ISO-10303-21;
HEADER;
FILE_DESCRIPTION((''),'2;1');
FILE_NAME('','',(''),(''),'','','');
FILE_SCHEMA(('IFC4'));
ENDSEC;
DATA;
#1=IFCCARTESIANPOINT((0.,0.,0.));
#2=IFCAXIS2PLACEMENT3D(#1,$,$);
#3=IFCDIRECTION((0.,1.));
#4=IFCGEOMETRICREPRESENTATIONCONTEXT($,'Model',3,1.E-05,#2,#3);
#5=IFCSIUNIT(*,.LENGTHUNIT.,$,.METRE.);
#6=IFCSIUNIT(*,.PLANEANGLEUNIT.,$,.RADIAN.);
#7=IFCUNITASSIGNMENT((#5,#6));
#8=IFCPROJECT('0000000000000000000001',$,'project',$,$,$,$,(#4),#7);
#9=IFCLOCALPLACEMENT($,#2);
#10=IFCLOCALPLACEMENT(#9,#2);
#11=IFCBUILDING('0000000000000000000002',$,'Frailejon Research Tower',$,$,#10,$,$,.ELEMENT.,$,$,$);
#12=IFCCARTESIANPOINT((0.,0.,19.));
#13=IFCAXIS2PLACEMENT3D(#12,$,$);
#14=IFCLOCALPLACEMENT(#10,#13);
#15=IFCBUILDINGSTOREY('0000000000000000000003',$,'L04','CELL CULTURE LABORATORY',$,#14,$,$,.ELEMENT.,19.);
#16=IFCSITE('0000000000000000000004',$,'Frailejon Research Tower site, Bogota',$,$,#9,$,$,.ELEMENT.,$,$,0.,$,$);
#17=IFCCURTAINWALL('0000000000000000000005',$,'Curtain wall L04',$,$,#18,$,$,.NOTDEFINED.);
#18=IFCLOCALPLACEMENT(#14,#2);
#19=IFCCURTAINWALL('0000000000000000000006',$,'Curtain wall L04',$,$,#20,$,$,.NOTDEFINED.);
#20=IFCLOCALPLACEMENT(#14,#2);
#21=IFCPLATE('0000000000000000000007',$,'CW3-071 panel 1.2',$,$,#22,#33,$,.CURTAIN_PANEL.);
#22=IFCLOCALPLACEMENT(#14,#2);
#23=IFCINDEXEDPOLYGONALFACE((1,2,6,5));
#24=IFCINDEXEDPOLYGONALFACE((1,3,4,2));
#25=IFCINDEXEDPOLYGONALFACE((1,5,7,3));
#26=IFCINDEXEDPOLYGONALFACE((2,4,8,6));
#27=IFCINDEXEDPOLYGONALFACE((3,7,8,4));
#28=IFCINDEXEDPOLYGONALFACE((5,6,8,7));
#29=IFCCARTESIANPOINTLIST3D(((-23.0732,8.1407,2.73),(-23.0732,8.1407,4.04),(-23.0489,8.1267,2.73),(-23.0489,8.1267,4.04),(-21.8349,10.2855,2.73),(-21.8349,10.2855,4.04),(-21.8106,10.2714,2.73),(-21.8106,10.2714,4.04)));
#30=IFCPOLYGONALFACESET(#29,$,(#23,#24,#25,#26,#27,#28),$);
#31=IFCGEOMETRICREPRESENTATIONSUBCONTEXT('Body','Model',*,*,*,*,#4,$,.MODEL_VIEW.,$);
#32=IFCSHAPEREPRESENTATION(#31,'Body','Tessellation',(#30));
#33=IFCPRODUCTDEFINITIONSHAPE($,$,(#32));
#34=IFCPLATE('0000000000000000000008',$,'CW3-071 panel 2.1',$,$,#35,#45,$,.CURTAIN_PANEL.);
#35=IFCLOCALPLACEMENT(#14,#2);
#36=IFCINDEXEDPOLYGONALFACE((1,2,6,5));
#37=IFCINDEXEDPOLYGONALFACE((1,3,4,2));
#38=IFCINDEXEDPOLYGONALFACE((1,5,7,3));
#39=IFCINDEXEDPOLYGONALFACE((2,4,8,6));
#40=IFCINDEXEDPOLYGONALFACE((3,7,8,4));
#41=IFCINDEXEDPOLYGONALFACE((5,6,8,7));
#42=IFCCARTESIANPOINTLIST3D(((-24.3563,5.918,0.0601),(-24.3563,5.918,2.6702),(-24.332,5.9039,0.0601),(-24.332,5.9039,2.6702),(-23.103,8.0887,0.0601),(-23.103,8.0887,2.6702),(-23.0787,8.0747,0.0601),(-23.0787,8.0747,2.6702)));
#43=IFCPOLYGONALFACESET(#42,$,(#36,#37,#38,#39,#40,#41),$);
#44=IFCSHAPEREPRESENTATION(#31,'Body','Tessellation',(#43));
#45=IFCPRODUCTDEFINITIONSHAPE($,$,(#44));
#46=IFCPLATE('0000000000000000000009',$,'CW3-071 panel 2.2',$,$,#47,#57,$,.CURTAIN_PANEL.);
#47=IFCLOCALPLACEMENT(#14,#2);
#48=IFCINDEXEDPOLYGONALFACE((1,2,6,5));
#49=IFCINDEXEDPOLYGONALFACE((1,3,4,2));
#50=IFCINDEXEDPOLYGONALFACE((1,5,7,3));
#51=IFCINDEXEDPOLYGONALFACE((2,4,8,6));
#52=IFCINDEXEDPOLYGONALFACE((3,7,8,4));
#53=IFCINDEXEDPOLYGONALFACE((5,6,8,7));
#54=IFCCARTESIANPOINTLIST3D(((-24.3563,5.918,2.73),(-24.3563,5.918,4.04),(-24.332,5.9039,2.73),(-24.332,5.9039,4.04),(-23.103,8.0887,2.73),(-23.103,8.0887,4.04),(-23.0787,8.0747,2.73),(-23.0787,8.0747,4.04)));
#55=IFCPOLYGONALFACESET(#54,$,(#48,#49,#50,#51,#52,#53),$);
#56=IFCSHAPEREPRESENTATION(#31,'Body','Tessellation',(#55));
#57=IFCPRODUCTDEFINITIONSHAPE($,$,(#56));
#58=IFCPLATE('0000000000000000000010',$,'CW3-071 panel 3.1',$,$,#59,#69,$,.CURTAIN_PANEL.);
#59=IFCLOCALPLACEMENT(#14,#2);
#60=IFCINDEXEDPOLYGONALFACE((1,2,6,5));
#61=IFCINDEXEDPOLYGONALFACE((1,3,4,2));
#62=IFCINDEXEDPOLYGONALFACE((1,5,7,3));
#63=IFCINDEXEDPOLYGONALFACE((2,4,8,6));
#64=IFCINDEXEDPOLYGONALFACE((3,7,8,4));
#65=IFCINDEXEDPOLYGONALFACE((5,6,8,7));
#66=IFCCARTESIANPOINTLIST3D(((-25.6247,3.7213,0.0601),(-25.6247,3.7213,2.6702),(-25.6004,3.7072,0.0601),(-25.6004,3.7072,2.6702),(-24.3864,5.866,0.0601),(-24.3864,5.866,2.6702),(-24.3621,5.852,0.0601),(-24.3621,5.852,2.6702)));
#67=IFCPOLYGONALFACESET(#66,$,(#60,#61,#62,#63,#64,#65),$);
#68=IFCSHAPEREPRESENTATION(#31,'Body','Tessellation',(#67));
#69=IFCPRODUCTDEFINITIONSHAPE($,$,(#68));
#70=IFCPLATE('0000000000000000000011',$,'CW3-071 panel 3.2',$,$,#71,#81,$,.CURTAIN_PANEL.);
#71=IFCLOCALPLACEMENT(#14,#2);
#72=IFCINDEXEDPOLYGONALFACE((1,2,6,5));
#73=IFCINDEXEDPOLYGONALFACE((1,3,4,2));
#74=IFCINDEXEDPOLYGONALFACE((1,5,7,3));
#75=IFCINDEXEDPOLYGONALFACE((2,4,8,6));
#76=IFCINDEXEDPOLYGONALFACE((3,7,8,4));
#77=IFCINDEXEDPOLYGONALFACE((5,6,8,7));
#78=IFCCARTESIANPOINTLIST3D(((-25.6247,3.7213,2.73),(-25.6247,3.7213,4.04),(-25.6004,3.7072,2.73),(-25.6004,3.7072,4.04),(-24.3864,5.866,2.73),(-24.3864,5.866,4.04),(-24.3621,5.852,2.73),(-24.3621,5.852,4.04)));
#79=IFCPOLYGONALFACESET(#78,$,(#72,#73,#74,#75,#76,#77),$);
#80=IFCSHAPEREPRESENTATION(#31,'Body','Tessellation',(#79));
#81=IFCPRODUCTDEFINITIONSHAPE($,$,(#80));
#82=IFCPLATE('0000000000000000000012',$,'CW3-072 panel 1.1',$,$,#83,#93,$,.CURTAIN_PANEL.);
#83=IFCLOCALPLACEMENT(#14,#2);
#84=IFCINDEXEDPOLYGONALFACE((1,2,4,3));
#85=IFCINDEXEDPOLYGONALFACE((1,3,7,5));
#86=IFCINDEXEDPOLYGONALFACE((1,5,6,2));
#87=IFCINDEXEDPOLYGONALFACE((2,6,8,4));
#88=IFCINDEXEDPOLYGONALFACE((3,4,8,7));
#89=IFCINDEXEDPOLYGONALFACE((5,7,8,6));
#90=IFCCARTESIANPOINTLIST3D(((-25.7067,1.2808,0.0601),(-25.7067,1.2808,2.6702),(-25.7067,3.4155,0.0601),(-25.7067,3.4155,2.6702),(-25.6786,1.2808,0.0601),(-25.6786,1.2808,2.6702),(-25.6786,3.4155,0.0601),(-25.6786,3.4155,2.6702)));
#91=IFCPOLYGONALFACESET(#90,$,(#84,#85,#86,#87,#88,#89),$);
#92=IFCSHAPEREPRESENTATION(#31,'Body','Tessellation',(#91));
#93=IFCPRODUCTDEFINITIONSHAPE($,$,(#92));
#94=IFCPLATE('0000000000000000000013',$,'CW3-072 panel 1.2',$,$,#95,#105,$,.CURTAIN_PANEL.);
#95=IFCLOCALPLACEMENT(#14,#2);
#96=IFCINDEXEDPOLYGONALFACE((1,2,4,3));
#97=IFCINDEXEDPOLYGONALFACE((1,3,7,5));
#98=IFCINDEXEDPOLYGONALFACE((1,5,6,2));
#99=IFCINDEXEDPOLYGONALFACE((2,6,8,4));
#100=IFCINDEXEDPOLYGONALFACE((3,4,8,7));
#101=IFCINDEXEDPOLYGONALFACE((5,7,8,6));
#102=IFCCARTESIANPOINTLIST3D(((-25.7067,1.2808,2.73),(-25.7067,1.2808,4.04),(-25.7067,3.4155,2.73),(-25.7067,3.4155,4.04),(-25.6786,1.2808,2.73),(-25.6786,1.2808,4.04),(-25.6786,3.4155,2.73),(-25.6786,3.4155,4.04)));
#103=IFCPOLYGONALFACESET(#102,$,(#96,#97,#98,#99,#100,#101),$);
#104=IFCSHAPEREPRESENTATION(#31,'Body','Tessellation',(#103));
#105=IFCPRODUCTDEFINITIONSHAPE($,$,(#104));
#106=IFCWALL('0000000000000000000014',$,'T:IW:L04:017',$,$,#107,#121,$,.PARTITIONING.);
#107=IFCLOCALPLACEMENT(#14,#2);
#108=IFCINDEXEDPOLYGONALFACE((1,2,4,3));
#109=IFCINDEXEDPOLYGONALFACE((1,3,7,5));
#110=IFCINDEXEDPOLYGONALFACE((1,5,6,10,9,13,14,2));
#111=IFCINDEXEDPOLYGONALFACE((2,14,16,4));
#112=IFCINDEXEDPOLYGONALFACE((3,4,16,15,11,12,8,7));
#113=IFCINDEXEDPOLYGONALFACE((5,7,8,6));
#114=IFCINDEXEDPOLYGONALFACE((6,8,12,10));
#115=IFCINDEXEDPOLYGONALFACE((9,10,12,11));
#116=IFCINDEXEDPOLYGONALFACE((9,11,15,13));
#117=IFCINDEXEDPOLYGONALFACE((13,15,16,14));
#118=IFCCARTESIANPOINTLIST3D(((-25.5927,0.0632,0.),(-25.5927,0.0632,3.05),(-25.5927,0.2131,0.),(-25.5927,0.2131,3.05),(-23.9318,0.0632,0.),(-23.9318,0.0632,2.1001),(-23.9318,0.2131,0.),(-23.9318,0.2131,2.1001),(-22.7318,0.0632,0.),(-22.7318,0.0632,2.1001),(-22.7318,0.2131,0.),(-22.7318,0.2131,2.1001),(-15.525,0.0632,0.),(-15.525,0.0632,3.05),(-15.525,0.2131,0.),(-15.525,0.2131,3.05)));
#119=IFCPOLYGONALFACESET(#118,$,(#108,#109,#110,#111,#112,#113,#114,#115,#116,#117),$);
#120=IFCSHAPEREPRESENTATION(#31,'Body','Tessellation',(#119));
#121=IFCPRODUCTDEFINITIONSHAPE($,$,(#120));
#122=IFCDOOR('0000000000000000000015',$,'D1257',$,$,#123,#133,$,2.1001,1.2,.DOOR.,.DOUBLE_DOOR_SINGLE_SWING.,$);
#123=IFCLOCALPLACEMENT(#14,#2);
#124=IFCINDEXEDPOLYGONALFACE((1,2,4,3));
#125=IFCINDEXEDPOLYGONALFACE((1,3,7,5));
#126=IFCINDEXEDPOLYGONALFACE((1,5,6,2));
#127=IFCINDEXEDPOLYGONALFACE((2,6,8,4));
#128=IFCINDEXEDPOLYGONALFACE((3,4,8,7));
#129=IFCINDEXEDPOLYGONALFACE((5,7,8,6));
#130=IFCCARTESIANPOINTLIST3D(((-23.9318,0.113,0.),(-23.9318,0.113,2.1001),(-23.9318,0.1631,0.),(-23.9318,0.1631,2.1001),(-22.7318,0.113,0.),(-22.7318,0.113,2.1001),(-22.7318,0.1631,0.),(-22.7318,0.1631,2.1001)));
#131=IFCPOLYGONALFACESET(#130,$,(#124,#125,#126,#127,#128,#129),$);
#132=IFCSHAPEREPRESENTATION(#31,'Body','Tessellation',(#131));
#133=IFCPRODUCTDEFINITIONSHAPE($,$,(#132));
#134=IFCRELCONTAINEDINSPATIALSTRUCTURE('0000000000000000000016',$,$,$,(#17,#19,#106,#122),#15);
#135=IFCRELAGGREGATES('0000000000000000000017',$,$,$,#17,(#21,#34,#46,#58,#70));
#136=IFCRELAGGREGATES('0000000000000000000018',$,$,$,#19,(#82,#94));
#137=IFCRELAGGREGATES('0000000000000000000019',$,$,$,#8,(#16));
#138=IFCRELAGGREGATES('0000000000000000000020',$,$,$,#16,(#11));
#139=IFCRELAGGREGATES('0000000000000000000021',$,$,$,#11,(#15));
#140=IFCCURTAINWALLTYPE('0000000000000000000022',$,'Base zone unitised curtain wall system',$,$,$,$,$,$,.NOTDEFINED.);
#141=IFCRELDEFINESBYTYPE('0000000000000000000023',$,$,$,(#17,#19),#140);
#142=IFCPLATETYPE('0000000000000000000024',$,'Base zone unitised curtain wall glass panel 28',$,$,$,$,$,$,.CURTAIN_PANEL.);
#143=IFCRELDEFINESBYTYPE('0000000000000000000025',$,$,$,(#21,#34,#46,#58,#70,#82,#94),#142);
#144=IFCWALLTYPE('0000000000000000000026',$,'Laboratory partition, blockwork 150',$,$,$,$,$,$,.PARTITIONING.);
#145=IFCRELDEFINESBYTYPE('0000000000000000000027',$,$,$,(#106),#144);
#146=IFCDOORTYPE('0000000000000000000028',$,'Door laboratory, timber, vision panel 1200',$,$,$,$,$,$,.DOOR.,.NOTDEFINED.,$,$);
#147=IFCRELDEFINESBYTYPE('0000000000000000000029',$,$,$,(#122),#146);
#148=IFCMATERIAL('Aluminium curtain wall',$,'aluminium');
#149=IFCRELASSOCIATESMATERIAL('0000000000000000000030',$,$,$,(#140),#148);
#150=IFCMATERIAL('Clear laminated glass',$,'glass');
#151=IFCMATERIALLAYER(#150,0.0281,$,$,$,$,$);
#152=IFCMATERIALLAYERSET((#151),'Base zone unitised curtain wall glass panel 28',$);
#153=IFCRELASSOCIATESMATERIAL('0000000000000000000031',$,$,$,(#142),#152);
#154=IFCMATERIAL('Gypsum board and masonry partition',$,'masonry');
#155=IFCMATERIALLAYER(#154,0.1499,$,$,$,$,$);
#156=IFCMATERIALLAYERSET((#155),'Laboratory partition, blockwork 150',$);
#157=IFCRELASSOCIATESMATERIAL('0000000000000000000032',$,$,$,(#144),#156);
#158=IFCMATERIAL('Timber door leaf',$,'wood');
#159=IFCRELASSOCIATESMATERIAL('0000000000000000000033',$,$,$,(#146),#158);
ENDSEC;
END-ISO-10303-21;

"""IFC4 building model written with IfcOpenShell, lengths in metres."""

from ifc_helpers import new_model, si_unit, direction, frame, frame_2d, origin, origin_2d, place, context, subcontext, project, spatial, rectangle, extrude, material, layer, layer_set, type_object, element, fill, aggregate, save


model = new_model("IFC4")

# Units and contexts
model_context = context("Model", 3, precision=1e-05, world=origin(), true_north=direction((0.0, 1.0)))
body_context = subcontext(model_context, "Body", "Model", "MODEL_VIEW")
ifc_project = project(units=[si_unit("LENGTHUNIT", "METRE"), si_unit("PLANEANGLEUNIT", "RADIAN")], contexts=[model_context])

# Site, building, storey
site_placement = place(None, origin())
site = spatial("IfcSite", under=ifc_project, at=site_placement, Name="Frailejon Research Tower site, Bogota", CompositionType="ELEMENT", RefElevation=0.0)
building_placement = place(site_placement, origin())
building = spatial("IfcBuilding", under=site, at=building_placement, Name="Frailejon Research Tower", CompositionType="ELEMENT")
storey_placement = place(building_placement, frame((0.0, 0.0, 19.0)))
storey = spatial("IfcBuildingStorey", under=building, at=storey_placement, Name="L04", Description="CELL CULTURE LABORATORY", CompositionType="ELEMENT", Elevation=19.0)

# Curtain walls
ifc_material_1 = material(Name="Aluminium curtain wall", Category="aluminium")
curtain_wall_type = type_object("IfcCurtainWallType", Name="Base zone unitised curtain wall system", PredefinedType="NOTDEFINED", material=ifc_material_1)
curtain_wall_1_placement = place(storey_placement, origin())
curtain_wall_1 = element("IfcCurtainWall", 1, at=curtain_wall_1_placement, inside=storey, type_object=curtain_wall_type, Name="Curtain wall L04", PredefinedType="NOTDEFINED")
curtain_wall_2_placement = place(storey_placement, origin())
curtain_wall_2 = element("IfcCurtainWall", 2, at=curtain_wall_2_placement, inside=storey, type_object=curtain_wall_type, Name="Curtain wall L04", PredefinedType="NOTDEFINED")

# Plates
ifc_material_2 = material(Name="Clear laminated glass", Category="glass")
ifc_layer_1 = layer(ifc_material_2, 0.0281)
ifc_layer_set_1 = layer_set([ifc_layer_1], Name="Base zone unitised curtain wall glass panel 28")
plate_type = type_object("IfcPlateType", Name="Base zone unitised curtain wall glass panel 28", PredefinedType="CURTAIN_PANEL", material=ifc_layer_set_1)
plate_1_placement = place(storey_placement, frame((-22.4419, 9.2061, 2.73), z_axis=(0.0, 0.0, 1.0), x_axis=(-0.500001, -0.866025, 0.0)))
plate_1 = element("IfcPlate", 3, at=plate_1_placement, type_object=plate_type, Name="CW3-071 panel 1.2", PredefinedType="CURTAIN_PANEL", context=body_context, shape_type="SweptSolid", body=[
    extrude(rectangle(XDim=2.4766, YDim=0.0281, at=origin_2d()), origin(), (0.0, 0.0, 1.0), 1.3101),
])
plate_2_placement = place(storey_placement, frame((-23.7175, 6.9963, 0.0601), z_axis=(0.0, 0.0, 1.0), x_axis=(-0.500001, -0.866025, 0.0)))
plate_2 = element("IfcPlate", 4, at=plate_2_placement, type_object=plate_type, Name="CW3-071 panel 2.1", PredefinedType="CURTAIN_PANEL", context=body_context, shape_type="SweptSolid", body=[
    extrude(rectangle(XDim=2.5066, YDim=0.0281, at=origin_2d()), origin(), (0.0, 0.0, 1.0), 2.6101),
])
plate_3_placement = place(storey_placement, frame((-23.7175, 6.9963, 2.73), z_axis=(0.0, 0.0, 1.0), x_axis=(-0.500001, -0.866025, 0.0)))
plate_3 = element("IfcPlate", 5, at=plate_3_placement, type_object=plate_type, Name="CW3-071 panel 2.2", PredefinedType="CURTAIN_PANEL", context=body_context, shape_type="SweptSolid", body=[
    extrude(rectangle(XDim=2.5066, YDim=0.0281, at=origin_2d()), origin(), (0.0, 0.0, 1.0), 1.3101),
])
plate_4_placement = place(storey_placement, frame((-24.9934, 4.7866, 0.0601), z_axis=(0.0, 0.0, 1.0), x_axis=(-0.500001, -0.866025, 0.0)))
plate_4 = element("IfcPlate", 6, at=plate_4_placement, type_object=plate_type, Name="CW3-071 panel 3.1", PredefinedType="CURTAIN_PANEL", context=body_context, shape_type="SweptSolid", body=[
    extrude(rectangle(XDim=2.4766, YDim=0.0281, at=origin_2d()), origin(), (0.0, 0.0, 1.0), 2.6101),
])
plate_5_placement = place(storey_placement, frame((-24.9934, 4.7866, 2.73), z_axis=(0.0, 0.0, 1.0), x_axis=(-0.500001, -0.866025, 0.0)))
plate_5 = element("IfcPlate", 7, at=plate_5_placement, type_object=plate_type, Name="CW3-071 panel 3.2", PredefinedType="CURTAIN_PANEL", context=body_context, shape_type="SweptSolid", body=[
    extrude(rectangle(XDim=2.4766, YDim=0.0281, at=origin_2d()), origin(), (0.0, 0.0, 1.0), 1.3101),
])
aggregate(curtain_wall_1, [plate_1, plate_2, plate_3, plate_4, plate_5])
plate_6_placement = place(storey_placement, frame((-25.6926, 2.3481, 0.0601), z_axis=(0.0, 0.0, 1.0), x_axis=(0.0, -1.0, 0.0)))
plate_6 = element("IfcPlate", 8, at=plate_6_placement, type_object=plate_type, Name="CW3-072 panel 1.1", PredefinedType="CURTAIN_PANEL", context=body_context, shape_type="SweptSolid", body=[
    extrude(rectangle(XDim=2.1348, YDim=0.0281, at=origin_2d()), origin(), (0.0, 0.0, 1.0), 2.6101),
])
plate_7_placement = place(storey_placement, frame((-25.6926, 2.3481, 2.73), z_axis=(0.0, 0.0, 1.0), x_axis=(0.0, -1.0, 0.0)))
plate_7 = element("IfcPlate", 9, at=plate_7_placement, type_object=plate_type, Name="CW3-072 panel 1.2", PredefinedType="CURTAIN_PANEL", context=body_context, shape_type="SweptSolid", body=[
    extrude(rectangle(XDim=2.1348, YDim=0.0281, at=origin_2d()), origin(), (0.0, 0.0, 1.0), 1.3101),
])
aggregate(curtain_wall_2, [plate_6, plate_7])

# Wall, opening, door
ifc_material_3 = material(Name="Gypsum board and masonry partition", Category="masonry")
ifc_layer_2 = layer(ifc_material_3, 0.1499)
ifc_layer_set_2 = layer_set([ifc_layer_2], Name="Laboratory partition, blockwork 150")
wall_type = type_object("IfcWallType", Name="Laboratory partition, blockwork 150", PredefinedType="PARTITIONING", material=ifc_layer_set_2)
wall_placement = place(storey_placement, frame((-25.5925, 0.1382, 0.0), z_axis=(0.0, 0.0, 1.0), x_axis=(1.0, 0.0, 0.0)))
wall = element("IfcWall", 10, at=wall_placement, inside=storey, type_object=wall_type, Name="T:IW:L04:017", PredefinedType="PARTITIONING", context=body_context, shape_type="SweptSolid", body=[
    extrude(rectangle(XDim=10.0676, YDim=0.1499, at=frame_2d((5.0337, 0.0))), origin(), (0.0, 0.0, 1.0), 3.05),
])
opening_placement = place(wall_placement, frame((1.6606, 0.0, 0.0)))
opening = element("IfcOpeningElement", 11, at=opening_placement, cuts=wall, PredefinedType="OPENING", context=body_context, shape_type="SweptSolid", body=[
    extrude(rectangle(XDim=1.2, YDim=2.1001, at=frame_2d((0.6001, 1.05))), frame((0.0, 0.085, 0.0), z_axis=(0.0, -1.0, 0.0), x_axis=(1.0, 0.0, 0.0)), (0.0, 0.0, 1.0), 0.1699),
])
ifc_material_4 = material(Name="Timber door leaf", Category="wood")
door_type = type_object("IfcDoorType", Name="Door laboratory, timber, vision panel 1200", OperationType="NOTDEFINED", PredefinedType="DOOR", material=ifc_material_4)
door_placement = place(opening_placement, origin())
door = element("IfcDoor", 12, at=door_placement, inside=storey, type_object=door_type, Name="D1257", OperationType="DOUBLE_DOOR_SINGLE_SWING", OverallHeight=2.1001, OverallWidth=1.2, PredefinedType="DOOR", context=body_context, shape_type="SweptSolid", body=[
    extrude(rectangle(XDim=1.2, YDim=2.1001, at=frame_2d((0.6001, 1.05))), frame((0.0, 0.0249, 0.0), z_axis=(0.0, -1.0, 0.0), x_axis=(1.0, 0.0, 0.0)), (0.0, 0.0, 1.0), 0.05),
])
fill(opening, door)

save(model, "model.ifc")
